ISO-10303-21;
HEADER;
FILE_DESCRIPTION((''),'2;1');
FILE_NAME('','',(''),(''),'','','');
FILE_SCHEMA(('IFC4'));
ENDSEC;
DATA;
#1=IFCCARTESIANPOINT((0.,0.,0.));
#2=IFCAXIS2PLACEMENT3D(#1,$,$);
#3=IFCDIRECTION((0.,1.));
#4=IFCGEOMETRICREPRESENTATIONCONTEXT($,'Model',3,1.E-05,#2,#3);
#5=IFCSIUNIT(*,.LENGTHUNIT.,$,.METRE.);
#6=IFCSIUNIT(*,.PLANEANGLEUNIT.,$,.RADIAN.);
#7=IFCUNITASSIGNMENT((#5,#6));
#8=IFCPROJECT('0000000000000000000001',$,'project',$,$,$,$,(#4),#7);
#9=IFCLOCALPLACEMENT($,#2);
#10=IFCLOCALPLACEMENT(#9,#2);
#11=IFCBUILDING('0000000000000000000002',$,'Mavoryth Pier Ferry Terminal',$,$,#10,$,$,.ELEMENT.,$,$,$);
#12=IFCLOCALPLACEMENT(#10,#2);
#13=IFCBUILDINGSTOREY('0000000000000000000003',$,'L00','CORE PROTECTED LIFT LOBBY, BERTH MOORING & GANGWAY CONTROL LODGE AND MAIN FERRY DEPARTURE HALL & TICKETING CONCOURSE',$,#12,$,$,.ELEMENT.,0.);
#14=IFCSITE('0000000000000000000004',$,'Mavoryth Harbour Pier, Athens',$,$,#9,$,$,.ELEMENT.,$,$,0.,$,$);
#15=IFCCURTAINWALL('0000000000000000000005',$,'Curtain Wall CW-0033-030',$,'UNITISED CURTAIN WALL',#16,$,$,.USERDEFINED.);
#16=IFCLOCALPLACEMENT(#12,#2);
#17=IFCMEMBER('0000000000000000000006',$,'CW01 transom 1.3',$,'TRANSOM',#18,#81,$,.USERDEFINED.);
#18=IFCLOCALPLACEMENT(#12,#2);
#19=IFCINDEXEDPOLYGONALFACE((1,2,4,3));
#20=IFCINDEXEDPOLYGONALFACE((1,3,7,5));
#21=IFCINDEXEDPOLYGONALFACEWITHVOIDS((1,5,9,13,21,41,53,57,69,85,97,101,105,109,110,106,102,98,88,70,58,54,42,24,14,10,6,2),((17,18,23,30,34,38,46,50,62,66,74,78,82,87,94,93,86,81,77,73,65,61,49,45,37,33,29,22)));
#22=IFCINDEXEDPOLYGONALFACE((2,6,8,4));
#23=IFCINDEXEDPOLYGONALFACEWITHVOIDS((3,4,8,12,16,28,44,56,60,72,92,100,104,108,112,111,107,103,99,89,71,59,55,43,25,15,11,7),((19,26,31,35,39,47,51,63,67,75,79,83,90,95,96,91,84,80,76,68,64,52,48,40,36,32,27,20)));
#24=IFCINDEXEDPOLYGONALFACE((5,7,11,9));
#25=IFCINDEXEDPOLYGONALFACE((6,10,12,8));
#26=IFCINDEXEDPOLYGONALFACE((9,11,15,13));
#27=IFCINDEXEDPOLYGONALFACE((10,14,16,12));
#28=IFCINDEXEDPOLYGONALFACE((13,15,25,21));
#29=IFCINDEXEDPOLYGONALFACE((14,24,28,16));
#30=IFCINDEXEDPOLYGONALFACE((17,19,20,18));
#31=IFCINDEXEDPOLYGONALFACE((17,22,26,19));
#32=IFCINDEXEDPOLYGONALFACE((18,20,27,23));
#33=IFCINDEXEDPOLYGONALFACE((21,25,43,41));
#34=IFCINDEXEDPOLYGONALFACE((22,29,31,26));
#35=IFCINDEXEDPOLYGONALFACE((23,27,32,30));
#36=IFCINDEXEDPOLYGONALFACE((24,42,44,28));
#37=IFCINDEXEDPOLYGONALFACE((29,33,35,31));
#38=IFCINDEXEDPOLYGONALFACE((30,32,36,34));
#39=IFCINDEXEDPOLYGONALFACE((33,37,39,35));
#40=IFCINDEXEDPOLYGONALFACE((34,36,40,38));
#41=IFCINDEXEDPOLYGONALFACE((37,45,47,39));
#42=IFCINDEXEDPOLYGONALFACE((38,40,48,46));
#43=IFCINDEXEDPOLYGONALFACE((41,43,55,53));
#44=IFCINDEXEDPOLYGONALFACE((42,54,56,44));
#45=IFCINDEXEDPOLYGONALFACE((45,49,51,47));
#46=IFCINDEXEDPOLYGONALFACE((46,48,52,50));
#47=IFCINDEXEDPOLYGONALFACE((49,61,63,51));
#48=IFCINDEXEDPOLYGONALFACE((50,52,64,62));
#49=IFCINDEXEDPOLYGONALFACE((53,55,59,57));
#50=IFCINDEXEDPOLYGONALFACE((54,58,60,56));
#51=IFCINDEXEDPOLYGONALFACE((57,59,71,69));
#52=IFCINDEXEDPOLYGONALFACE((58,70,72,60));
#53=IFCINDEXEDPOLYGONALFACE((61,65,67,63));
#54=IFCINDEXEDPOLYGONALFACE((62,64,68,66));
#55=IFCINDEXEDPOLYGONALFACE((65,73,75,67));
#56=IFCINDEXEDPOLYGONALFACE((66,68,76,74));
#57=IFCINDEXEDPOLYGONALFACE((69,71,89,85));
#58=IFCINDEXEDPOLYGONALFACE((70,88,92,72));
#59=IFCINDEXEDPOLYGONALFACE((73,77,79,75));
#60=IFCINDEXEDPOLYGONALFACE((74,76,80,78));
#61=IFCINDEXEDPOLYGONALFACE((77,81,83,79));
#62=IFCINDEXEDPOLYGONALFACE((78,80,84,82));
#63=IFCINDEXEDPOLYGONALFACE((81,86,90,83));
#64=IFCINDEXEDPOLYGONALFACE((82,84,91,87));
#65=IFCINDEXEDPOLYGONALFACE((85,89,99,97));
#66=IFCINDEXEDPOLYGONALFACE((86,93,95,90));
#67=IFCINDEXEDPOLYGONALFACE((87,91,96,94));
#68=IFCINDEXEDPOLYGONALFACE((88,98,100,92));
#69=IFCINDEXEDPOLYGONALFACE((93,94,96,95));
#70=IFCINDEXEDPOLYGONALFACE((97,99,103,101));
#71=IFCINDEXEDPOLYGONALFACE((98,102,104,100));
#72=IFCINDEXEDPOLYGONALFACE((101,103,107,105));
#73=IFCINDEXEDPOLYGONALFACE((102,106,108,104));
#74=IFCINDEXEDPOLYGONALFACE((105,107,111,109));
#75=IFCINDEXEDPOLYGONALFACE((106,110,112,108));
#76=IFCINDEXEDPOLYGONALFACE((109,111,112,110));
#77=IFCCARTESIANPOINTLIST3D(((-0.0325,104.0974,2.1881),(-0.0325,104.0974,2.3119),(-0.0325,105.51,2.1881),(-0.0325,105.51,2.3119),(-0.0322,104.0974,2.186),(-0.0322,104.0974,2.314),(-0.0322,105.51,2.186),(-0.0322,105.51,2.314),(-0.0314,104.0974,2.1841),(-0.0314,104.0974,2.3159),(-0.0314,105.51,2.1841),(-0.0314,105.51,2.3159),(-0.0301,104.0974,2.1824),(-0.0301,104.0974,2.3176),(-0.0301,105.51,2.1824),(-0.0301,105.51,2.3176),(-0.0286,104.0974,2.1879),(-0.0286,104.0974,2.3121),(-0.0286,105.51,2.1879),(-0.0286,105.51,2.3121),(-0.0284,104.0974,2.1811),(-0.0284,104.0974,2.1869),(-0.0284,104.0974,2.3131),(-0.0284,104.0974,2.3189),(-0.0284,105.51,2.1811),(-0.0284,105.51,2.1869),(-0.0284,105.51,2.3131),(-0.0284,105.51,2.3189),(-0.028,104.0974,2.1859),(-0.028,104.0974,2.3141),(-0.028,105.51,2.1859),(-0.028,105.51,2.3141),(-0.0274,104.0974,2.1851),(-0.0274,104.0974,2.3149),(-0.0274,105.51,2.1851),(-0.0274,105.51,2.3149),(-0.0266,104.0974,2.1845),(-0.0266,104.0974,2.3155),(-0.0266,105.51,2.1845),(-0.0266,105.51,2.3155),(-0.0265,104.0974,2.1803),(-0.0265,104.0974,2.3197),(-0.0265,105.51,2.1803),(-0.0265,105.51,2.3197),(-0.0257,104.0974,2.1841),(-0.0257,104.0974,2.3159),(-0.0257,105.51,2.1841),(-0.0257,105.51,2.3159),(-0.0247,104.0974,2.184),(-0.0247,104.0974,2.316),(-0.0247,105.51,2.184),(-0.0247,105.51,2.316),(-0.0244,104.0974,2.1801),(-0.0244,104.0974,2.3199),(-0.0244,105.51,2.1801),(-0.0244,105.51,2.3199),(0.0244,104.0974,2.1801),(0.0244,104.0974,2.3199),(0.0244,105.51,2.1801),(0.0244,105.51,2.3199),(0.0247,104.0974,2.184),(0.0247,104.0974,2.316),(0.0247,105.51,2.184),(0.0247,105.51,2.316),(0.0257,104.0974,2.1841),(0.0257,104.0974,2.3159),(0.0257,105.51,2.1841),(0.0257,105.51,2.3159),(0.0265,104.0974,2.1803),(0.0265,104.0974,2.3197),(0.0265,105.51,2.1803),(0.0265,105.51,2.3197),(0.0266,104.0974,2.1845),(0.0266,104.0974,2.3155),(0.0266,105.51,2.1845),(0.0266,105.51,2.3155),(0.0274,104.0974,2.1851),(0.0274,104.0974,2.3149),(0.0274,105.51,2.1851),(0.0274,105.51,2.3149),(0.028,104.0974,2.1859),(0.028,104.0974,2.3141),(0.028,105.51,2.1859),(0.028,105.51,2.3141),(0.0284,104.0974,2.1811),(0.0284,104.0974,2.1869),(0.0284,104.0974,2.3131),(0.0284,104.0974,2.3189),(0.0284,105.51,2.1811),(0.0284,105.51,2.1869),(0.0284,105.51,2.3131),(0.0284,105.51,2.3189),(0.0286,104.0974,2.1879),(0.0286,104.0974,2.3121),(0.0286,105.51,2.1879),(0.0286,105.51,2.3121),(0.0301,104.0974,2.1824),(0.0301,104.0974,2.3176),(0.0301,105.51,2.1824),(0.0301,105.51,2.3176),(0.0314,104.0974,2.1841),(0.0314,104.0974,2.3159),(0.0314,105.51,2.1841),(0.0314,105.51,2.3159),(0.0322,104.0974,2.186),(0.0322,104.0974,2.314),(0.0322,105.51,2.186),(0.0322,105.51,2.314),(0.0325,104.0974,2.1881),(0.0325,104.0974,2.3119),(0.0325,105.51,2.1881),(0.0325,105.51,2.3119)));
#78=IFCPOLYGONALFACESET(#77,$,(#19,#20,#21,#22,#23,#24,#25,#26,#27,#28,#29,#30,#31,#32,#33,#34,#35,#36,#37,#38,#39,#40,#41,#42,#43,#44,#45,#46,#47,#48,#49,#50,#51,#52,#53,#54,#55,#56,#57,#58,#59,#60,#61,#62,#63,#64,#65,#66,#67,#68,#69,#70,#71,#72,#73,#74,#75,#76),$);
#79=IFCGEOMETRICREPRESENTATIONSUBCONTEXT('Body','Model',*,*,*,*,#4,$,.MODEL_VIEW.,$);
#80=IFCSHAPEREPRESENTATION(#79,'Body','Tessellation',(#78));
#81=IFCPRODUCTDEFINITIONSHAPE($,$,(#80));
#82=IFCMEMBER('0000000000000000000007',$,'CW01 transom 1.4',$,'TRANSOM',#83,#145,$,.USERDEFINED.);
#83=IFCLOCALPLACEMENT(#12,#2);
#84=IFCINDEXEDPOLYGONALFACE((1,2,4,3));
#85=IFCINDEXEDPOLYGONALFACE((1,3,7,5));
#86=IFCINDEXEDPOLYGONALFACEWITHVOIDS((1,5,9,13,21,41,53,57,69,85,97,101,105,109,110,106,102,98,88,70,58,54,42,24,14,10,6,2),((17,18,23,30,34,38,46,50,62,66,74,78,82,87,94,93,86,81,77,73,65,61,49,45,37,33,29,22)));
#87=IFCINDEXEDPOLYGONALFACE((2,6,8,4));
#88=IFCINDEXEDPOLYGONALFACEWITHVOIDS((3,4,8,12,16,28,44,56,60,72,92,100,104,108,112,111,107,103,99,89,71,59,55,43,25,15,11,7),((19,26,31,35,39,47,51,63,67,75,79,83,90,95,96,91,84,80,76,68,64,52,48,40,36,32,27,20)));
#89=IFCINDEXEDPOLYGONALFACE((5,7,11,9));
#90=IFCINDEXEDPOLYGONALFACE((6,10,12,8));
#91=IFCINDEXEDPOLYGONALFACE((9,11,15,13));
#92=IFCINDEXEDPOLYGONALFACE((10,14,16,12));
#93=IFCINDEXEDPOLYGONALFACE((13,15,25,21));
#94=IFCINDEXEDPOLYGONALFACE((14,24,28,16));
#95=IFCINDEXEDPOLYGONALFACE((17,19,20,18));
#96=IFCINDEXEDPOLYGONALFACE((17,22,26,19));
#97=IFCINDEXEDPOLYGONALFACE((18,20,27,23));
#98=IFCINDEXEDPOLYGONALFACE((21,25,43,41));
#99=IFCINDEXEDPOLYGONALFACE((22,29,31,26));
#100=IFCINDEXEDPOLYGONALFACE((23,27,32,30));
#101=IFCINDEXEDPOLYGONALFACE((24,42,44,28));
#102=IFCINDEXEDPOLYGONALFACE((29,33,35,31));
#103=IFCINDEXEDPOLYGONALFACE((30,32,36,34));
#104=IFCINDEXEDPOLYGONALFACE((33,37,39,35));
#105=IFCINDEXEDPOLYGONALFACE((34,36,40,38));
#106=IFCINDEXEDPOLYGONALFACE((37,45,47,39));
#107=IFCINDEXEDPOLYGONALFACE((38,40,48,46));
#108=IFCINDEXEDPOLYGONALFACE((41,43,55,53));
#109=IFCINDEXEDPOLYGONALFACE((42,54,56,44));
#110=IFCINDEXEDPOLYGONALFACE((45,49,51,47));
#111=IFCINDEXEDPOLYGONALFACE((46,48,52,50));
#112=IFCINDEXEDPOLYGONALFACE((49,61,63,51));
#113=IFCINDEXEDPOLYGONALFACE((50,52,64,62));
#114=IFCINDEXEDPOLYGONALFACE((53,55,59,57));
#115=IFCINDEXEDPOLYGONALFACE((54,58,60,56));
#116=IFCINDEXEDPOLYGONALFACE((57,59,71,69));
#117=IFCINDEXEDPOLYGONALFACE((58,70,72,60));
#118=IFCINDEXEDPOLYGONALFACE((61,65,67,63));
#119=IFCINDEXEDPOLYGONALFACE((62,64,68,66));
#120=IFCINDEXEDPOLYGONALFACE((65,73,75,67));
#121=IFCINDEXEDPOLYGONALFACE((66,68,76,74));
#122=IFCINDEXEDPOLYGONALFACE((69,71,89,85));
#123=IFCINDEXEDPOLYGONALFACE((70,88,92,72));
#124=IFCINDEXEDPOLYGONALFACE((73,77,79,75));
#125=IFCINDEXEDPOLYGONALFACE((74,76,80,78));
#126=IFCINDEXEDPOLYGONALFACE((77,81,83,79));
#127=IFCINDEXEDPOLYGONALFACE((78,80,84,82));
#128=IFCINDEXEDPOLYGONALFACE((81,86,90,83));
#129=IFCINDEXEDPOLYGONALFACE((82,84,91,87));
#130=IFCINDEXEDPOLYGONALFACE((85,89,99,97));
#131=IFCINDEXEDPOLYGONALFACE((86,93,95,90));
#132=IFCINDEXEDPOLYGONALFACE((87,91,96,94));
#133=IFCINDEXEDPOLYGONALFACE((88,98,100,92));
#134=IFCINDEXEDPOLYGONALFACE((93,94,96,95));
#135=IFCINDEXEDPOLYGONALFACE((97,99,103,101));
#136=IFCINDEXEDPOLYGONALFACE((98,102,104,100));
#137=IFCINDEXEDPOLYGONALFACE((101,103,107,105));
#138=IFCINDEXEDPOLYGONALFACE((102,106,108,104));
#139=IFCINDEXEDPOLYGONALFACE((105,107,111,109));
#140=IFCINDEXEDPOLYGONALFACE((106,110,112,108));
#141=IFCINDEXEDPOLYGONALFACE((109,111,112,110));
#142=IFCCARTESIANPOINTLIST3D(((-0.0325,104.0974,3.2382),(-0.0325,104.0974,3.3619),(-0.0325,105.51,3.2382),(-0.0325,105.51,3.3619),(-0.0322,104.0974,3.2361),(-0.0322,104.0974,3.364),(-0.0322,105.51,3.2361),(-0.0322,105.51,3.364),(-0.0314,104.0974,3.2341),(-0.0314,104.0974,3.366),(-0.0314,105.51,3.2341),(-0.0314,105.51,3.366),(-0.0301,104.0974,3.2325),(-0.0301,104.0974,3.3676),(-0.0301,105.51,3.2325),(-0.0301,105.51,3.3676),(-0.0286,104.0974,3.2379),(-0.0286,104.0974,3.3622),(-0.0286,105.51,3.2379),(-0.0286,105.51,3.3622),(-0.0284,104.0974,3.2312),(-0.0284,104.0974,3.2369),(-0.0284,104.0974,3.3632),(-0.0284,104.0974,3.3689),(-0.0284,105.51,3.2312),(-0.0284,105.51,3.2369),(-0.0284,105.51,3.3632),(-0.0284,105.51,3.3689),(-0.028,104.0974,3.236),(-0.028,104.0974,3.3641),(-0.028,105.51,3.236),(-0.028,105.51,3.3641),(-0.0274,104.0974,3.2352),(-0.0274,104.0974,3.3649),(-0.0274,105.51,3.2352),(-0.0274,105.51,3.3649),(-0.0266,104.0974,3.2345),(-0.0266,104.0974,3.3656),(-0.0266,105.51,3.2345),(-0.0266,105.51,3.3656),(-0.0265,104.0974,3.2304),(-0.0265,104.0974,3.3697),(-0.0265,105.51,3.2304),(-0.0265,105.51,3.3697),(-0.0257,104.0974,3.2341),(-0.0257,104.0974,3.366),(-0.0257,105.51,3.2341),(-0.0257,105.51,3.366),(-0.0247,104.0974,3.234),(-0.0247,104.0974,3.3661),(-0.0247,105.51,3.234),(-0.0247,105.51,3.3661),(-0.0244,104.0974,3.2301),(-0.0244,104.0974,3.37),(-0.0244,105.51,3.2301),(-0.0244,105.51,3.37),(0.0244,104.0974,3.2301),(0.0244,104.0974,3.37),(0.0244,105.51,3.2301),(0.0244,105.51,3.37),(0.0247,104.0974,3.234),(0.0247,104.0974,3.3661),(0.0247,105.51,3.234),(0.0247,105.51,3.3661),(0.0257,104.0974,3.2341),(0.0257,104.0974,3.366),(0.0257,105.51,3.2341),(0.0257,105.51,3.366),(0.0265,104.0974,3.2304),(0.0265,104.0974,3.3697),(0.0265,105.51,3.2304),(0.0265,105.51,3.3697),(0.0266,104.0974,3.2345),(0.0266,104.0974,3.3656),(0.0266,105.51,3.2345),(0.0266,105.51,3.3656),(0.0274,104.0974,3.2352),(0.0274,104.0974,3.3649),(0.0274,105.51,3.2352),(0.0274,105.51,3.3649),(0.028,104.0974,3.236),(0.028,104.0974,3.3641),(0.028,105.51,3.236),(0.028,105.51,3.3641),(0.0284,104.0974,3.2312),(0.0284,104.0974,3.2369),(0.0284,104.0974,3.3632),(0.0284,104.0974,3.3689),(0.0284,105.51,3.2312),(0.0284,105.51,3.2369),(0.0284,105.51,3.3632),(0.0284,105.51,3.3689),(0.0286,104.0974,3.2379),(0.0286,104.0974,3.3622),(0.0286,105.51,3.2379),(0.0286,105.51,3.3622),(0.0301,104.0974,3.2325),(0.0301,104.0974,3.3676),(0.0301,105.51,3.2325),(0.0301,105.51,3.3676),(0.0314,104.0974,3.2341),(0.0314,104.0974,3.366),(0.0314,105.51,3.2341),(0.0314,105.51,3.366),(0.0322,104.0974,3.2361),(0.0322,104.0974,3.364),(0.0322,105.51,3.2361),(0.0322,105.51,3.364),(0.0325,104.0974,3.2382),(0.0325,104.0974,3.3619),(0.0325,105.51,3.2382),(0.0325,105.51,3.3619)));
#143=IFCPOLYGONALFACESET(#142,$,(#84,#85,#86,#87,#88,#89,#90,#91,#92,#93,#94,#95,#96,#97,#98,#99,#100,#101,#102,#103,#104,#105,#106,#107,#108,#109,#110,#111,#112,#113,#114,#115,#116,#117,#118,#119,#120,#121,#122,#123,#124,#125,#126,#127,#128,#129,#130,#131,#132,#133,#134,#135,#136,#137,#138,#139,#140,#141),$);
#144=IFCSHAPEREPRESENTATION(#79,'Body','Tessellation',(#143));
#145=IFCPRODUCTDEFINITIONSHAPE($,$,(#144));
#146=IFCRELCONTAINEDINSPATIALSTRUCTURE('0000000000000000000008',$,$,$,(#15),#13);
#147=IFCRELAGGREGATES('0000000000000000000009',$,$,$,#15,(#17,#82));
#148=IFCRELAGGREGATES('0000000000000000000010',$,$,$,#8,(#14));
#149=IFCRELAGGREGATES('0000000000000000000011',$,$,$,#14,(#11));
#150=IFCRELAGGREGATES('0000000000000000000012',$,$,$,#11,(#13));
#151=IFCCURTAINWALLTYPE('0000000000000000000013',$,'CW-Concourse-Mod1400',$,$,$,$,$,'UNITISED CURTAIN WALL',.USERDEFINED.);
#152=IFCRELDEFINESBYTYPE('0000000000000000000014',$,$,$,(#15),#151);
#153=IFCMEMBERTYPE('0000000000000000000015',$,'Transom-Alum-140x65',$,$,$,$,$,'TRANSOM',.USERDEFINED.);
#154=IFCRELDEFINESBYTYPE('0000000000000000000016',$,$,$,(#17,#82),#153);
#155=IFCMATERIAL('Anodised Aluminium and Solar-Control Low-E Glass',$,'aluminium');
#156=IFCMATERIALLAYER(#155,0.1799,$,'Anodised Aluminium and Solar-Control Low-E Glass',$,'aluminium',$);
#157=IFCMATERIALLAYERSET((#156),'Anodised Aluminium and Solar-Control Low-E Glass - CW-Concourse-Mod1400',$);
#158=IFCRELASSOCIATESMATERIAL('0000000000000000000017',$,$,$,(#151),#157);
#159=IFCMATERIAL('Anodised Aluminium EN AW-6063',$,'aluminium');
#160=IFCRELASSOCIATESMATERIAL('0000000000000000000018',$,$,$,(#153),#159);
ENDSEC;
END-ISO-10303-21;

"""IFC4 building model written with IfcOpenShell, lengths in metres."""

from ifc_helpers import new_model, si_unit, direction, frame, origin, origin_2d, place, context, subcontext, project, spatial, hollow_rectangle, extrude, material, layer, layer_set, material_profile, profile_set, type_object, element, aggregate, save


model = new_model("IFC4")

# Units and contexts
model_context = context("Model", 3, precision=1e-05, world=origin(), true_north=direction((0.0, 1.0)))
body_context = subcontext(model_context, "Body", "Model", "MODEL_VIEW")
ifc_project = project(units=[si_unit("LENGTHUNIT", "METRE"), si_unit("PLANEANGLEUNIT", "RADIAN")], contexts=[model_context])

# Site, building, storey
site_placement = place(None, origin())
site = spatial("IfcSite", under=ifc_project, at=site_placement, Name="Mavoryth Harbour Pier, Athens", CompositionType="ELEMENT", RefElevation=0.0)
building_placement = place(site_placement, origin())
building = spatial("IfcBuilding", under=site, at=building_placement, Name="Mavoryth Pier Ferry Terminal", CompositionType="ELEMENT")
storey_placement = place(building_placement, origin())
storey = spatial("IfcBuildingStorey", under=building, at=storey_placement, Name="L00", Description="CORE PROTECTED LIFT LOBBY, BERTH MOORING & GANGWAY CONTROL LODGE AND MAIN FERRY DEPARTURE HALL & TICKETING CONCOURSE", CompositionType="ELEMENT", Elevation=0.0)

# Curtain wall, members
ifc_material_1 = material(Name="Anodised Aluminium and Solar-Control Low-E Glass", Category="aluminium")
ifc_layer_1 = layer(ifc_material_1, 0.1799, Name="Anodised Aluminium and Solar-Control Low-E Glass", Category="aluminium")
ifc_layer_set_1 = layer_set([ifc_layer_1], Name="Anodised Aluminium and Solar-Control Low-E Glass - CW-Concourse-Mod1400")
curtain_wall_type = type_object("IfcCurtainWallType", Name="CW-Concourse-Mod1400", ElementType="UNITISED CURTAIN WALL", PredefinedType="USERDEFINED", material=ifc_layer_set_1)
curtain_wall_placement = place(storey_placement, origin())
curtain_wall = element("IfcCurtainWall", 1, at=curtain_wall_placement, inside=storey, type_object=curtain_wall_type, Name="Curtain Wall CW-0033-030", ObjectType="UNITISED CURTAIN WALL", PredefinedType="USERDEFINED")
ifc_material_2 = material(Name="Anodised Aluminium EN AW-6063", Category="aluminium")
ifc_material_profile_1 = material_profile(ifc_material_2, hollow_rectangle(XDim=0.0649, YDim=0.1399, WallThickness=0.0039, InnerFilletRadius=0.0039, OuterFilletRadius=0.0081, at=origin_2d()), Name="AL-TRAN 140x65x4", Category="aluminium")
ifc_profile_set_1 = profile_set([ifc_material_profile_1], Name="Anodised Aluminium EN AW-6063 - AL-TRAN 140x65x4")
member_type_1 = type_object("IfcMemberType", Name="Transom-Alum-140x65", ElementType="TRANSOM", PredefinedType="USERDEFINED", material=ifc_profile_set_1)
member_1_placement = place(storey_placement, frame((0.0, 105.51, 2.25), z_axis=(0.0, -1.0, 0.0), x_axis=(1.0, 0.0, 0.0)))
member_1 = element("IfcMember", 2, at=member_1_placement, type_object=member_type_1, Name="CW01 transom 1.3", ObjectType="TRANSOM", PredefinedType="USERDEFINED", context=body_context, shape_type="SweptSolid", body=[
    extrude(hollow_rectangle(XDim=0.0649, YDim=0.1399, WallThickness=0.0039, InnerFilletRadius=0.0039, OuterFilletRadius=0.0081, at=origin_2d()), origin(), (0.0, 0.0, 1.0), 1.4126),
])
member_2_placement = place(storey_placement, frame((0.0, 105.51, 3.3), z_axis=(0.0, -1.0, 0.0), x_axis=(1.0, 0.0, 0.0)))
member_2 = element("IfcMember", 3, at=member_2_placement, type_object=member_type_1, Name="CW01 transom 1.4", ObjectType="TRANSOM", PredefinedType="USERDEFINED", context=body_context, shape_type="SweptSolid", body=[
    extrude(hollow_rectangle(XDim=0.0649, YDim=0.1399, WallThickness=0.0039, InnerFilletRadius=0.0039, OuterFilletRadius=0.0081, at=origin_2d()), origin(), (0.0, 0.0, 1.0), 1.4126),
])
aggregate(curtain_wall, [member_1, member_2])

save(model, "model.ifc")
